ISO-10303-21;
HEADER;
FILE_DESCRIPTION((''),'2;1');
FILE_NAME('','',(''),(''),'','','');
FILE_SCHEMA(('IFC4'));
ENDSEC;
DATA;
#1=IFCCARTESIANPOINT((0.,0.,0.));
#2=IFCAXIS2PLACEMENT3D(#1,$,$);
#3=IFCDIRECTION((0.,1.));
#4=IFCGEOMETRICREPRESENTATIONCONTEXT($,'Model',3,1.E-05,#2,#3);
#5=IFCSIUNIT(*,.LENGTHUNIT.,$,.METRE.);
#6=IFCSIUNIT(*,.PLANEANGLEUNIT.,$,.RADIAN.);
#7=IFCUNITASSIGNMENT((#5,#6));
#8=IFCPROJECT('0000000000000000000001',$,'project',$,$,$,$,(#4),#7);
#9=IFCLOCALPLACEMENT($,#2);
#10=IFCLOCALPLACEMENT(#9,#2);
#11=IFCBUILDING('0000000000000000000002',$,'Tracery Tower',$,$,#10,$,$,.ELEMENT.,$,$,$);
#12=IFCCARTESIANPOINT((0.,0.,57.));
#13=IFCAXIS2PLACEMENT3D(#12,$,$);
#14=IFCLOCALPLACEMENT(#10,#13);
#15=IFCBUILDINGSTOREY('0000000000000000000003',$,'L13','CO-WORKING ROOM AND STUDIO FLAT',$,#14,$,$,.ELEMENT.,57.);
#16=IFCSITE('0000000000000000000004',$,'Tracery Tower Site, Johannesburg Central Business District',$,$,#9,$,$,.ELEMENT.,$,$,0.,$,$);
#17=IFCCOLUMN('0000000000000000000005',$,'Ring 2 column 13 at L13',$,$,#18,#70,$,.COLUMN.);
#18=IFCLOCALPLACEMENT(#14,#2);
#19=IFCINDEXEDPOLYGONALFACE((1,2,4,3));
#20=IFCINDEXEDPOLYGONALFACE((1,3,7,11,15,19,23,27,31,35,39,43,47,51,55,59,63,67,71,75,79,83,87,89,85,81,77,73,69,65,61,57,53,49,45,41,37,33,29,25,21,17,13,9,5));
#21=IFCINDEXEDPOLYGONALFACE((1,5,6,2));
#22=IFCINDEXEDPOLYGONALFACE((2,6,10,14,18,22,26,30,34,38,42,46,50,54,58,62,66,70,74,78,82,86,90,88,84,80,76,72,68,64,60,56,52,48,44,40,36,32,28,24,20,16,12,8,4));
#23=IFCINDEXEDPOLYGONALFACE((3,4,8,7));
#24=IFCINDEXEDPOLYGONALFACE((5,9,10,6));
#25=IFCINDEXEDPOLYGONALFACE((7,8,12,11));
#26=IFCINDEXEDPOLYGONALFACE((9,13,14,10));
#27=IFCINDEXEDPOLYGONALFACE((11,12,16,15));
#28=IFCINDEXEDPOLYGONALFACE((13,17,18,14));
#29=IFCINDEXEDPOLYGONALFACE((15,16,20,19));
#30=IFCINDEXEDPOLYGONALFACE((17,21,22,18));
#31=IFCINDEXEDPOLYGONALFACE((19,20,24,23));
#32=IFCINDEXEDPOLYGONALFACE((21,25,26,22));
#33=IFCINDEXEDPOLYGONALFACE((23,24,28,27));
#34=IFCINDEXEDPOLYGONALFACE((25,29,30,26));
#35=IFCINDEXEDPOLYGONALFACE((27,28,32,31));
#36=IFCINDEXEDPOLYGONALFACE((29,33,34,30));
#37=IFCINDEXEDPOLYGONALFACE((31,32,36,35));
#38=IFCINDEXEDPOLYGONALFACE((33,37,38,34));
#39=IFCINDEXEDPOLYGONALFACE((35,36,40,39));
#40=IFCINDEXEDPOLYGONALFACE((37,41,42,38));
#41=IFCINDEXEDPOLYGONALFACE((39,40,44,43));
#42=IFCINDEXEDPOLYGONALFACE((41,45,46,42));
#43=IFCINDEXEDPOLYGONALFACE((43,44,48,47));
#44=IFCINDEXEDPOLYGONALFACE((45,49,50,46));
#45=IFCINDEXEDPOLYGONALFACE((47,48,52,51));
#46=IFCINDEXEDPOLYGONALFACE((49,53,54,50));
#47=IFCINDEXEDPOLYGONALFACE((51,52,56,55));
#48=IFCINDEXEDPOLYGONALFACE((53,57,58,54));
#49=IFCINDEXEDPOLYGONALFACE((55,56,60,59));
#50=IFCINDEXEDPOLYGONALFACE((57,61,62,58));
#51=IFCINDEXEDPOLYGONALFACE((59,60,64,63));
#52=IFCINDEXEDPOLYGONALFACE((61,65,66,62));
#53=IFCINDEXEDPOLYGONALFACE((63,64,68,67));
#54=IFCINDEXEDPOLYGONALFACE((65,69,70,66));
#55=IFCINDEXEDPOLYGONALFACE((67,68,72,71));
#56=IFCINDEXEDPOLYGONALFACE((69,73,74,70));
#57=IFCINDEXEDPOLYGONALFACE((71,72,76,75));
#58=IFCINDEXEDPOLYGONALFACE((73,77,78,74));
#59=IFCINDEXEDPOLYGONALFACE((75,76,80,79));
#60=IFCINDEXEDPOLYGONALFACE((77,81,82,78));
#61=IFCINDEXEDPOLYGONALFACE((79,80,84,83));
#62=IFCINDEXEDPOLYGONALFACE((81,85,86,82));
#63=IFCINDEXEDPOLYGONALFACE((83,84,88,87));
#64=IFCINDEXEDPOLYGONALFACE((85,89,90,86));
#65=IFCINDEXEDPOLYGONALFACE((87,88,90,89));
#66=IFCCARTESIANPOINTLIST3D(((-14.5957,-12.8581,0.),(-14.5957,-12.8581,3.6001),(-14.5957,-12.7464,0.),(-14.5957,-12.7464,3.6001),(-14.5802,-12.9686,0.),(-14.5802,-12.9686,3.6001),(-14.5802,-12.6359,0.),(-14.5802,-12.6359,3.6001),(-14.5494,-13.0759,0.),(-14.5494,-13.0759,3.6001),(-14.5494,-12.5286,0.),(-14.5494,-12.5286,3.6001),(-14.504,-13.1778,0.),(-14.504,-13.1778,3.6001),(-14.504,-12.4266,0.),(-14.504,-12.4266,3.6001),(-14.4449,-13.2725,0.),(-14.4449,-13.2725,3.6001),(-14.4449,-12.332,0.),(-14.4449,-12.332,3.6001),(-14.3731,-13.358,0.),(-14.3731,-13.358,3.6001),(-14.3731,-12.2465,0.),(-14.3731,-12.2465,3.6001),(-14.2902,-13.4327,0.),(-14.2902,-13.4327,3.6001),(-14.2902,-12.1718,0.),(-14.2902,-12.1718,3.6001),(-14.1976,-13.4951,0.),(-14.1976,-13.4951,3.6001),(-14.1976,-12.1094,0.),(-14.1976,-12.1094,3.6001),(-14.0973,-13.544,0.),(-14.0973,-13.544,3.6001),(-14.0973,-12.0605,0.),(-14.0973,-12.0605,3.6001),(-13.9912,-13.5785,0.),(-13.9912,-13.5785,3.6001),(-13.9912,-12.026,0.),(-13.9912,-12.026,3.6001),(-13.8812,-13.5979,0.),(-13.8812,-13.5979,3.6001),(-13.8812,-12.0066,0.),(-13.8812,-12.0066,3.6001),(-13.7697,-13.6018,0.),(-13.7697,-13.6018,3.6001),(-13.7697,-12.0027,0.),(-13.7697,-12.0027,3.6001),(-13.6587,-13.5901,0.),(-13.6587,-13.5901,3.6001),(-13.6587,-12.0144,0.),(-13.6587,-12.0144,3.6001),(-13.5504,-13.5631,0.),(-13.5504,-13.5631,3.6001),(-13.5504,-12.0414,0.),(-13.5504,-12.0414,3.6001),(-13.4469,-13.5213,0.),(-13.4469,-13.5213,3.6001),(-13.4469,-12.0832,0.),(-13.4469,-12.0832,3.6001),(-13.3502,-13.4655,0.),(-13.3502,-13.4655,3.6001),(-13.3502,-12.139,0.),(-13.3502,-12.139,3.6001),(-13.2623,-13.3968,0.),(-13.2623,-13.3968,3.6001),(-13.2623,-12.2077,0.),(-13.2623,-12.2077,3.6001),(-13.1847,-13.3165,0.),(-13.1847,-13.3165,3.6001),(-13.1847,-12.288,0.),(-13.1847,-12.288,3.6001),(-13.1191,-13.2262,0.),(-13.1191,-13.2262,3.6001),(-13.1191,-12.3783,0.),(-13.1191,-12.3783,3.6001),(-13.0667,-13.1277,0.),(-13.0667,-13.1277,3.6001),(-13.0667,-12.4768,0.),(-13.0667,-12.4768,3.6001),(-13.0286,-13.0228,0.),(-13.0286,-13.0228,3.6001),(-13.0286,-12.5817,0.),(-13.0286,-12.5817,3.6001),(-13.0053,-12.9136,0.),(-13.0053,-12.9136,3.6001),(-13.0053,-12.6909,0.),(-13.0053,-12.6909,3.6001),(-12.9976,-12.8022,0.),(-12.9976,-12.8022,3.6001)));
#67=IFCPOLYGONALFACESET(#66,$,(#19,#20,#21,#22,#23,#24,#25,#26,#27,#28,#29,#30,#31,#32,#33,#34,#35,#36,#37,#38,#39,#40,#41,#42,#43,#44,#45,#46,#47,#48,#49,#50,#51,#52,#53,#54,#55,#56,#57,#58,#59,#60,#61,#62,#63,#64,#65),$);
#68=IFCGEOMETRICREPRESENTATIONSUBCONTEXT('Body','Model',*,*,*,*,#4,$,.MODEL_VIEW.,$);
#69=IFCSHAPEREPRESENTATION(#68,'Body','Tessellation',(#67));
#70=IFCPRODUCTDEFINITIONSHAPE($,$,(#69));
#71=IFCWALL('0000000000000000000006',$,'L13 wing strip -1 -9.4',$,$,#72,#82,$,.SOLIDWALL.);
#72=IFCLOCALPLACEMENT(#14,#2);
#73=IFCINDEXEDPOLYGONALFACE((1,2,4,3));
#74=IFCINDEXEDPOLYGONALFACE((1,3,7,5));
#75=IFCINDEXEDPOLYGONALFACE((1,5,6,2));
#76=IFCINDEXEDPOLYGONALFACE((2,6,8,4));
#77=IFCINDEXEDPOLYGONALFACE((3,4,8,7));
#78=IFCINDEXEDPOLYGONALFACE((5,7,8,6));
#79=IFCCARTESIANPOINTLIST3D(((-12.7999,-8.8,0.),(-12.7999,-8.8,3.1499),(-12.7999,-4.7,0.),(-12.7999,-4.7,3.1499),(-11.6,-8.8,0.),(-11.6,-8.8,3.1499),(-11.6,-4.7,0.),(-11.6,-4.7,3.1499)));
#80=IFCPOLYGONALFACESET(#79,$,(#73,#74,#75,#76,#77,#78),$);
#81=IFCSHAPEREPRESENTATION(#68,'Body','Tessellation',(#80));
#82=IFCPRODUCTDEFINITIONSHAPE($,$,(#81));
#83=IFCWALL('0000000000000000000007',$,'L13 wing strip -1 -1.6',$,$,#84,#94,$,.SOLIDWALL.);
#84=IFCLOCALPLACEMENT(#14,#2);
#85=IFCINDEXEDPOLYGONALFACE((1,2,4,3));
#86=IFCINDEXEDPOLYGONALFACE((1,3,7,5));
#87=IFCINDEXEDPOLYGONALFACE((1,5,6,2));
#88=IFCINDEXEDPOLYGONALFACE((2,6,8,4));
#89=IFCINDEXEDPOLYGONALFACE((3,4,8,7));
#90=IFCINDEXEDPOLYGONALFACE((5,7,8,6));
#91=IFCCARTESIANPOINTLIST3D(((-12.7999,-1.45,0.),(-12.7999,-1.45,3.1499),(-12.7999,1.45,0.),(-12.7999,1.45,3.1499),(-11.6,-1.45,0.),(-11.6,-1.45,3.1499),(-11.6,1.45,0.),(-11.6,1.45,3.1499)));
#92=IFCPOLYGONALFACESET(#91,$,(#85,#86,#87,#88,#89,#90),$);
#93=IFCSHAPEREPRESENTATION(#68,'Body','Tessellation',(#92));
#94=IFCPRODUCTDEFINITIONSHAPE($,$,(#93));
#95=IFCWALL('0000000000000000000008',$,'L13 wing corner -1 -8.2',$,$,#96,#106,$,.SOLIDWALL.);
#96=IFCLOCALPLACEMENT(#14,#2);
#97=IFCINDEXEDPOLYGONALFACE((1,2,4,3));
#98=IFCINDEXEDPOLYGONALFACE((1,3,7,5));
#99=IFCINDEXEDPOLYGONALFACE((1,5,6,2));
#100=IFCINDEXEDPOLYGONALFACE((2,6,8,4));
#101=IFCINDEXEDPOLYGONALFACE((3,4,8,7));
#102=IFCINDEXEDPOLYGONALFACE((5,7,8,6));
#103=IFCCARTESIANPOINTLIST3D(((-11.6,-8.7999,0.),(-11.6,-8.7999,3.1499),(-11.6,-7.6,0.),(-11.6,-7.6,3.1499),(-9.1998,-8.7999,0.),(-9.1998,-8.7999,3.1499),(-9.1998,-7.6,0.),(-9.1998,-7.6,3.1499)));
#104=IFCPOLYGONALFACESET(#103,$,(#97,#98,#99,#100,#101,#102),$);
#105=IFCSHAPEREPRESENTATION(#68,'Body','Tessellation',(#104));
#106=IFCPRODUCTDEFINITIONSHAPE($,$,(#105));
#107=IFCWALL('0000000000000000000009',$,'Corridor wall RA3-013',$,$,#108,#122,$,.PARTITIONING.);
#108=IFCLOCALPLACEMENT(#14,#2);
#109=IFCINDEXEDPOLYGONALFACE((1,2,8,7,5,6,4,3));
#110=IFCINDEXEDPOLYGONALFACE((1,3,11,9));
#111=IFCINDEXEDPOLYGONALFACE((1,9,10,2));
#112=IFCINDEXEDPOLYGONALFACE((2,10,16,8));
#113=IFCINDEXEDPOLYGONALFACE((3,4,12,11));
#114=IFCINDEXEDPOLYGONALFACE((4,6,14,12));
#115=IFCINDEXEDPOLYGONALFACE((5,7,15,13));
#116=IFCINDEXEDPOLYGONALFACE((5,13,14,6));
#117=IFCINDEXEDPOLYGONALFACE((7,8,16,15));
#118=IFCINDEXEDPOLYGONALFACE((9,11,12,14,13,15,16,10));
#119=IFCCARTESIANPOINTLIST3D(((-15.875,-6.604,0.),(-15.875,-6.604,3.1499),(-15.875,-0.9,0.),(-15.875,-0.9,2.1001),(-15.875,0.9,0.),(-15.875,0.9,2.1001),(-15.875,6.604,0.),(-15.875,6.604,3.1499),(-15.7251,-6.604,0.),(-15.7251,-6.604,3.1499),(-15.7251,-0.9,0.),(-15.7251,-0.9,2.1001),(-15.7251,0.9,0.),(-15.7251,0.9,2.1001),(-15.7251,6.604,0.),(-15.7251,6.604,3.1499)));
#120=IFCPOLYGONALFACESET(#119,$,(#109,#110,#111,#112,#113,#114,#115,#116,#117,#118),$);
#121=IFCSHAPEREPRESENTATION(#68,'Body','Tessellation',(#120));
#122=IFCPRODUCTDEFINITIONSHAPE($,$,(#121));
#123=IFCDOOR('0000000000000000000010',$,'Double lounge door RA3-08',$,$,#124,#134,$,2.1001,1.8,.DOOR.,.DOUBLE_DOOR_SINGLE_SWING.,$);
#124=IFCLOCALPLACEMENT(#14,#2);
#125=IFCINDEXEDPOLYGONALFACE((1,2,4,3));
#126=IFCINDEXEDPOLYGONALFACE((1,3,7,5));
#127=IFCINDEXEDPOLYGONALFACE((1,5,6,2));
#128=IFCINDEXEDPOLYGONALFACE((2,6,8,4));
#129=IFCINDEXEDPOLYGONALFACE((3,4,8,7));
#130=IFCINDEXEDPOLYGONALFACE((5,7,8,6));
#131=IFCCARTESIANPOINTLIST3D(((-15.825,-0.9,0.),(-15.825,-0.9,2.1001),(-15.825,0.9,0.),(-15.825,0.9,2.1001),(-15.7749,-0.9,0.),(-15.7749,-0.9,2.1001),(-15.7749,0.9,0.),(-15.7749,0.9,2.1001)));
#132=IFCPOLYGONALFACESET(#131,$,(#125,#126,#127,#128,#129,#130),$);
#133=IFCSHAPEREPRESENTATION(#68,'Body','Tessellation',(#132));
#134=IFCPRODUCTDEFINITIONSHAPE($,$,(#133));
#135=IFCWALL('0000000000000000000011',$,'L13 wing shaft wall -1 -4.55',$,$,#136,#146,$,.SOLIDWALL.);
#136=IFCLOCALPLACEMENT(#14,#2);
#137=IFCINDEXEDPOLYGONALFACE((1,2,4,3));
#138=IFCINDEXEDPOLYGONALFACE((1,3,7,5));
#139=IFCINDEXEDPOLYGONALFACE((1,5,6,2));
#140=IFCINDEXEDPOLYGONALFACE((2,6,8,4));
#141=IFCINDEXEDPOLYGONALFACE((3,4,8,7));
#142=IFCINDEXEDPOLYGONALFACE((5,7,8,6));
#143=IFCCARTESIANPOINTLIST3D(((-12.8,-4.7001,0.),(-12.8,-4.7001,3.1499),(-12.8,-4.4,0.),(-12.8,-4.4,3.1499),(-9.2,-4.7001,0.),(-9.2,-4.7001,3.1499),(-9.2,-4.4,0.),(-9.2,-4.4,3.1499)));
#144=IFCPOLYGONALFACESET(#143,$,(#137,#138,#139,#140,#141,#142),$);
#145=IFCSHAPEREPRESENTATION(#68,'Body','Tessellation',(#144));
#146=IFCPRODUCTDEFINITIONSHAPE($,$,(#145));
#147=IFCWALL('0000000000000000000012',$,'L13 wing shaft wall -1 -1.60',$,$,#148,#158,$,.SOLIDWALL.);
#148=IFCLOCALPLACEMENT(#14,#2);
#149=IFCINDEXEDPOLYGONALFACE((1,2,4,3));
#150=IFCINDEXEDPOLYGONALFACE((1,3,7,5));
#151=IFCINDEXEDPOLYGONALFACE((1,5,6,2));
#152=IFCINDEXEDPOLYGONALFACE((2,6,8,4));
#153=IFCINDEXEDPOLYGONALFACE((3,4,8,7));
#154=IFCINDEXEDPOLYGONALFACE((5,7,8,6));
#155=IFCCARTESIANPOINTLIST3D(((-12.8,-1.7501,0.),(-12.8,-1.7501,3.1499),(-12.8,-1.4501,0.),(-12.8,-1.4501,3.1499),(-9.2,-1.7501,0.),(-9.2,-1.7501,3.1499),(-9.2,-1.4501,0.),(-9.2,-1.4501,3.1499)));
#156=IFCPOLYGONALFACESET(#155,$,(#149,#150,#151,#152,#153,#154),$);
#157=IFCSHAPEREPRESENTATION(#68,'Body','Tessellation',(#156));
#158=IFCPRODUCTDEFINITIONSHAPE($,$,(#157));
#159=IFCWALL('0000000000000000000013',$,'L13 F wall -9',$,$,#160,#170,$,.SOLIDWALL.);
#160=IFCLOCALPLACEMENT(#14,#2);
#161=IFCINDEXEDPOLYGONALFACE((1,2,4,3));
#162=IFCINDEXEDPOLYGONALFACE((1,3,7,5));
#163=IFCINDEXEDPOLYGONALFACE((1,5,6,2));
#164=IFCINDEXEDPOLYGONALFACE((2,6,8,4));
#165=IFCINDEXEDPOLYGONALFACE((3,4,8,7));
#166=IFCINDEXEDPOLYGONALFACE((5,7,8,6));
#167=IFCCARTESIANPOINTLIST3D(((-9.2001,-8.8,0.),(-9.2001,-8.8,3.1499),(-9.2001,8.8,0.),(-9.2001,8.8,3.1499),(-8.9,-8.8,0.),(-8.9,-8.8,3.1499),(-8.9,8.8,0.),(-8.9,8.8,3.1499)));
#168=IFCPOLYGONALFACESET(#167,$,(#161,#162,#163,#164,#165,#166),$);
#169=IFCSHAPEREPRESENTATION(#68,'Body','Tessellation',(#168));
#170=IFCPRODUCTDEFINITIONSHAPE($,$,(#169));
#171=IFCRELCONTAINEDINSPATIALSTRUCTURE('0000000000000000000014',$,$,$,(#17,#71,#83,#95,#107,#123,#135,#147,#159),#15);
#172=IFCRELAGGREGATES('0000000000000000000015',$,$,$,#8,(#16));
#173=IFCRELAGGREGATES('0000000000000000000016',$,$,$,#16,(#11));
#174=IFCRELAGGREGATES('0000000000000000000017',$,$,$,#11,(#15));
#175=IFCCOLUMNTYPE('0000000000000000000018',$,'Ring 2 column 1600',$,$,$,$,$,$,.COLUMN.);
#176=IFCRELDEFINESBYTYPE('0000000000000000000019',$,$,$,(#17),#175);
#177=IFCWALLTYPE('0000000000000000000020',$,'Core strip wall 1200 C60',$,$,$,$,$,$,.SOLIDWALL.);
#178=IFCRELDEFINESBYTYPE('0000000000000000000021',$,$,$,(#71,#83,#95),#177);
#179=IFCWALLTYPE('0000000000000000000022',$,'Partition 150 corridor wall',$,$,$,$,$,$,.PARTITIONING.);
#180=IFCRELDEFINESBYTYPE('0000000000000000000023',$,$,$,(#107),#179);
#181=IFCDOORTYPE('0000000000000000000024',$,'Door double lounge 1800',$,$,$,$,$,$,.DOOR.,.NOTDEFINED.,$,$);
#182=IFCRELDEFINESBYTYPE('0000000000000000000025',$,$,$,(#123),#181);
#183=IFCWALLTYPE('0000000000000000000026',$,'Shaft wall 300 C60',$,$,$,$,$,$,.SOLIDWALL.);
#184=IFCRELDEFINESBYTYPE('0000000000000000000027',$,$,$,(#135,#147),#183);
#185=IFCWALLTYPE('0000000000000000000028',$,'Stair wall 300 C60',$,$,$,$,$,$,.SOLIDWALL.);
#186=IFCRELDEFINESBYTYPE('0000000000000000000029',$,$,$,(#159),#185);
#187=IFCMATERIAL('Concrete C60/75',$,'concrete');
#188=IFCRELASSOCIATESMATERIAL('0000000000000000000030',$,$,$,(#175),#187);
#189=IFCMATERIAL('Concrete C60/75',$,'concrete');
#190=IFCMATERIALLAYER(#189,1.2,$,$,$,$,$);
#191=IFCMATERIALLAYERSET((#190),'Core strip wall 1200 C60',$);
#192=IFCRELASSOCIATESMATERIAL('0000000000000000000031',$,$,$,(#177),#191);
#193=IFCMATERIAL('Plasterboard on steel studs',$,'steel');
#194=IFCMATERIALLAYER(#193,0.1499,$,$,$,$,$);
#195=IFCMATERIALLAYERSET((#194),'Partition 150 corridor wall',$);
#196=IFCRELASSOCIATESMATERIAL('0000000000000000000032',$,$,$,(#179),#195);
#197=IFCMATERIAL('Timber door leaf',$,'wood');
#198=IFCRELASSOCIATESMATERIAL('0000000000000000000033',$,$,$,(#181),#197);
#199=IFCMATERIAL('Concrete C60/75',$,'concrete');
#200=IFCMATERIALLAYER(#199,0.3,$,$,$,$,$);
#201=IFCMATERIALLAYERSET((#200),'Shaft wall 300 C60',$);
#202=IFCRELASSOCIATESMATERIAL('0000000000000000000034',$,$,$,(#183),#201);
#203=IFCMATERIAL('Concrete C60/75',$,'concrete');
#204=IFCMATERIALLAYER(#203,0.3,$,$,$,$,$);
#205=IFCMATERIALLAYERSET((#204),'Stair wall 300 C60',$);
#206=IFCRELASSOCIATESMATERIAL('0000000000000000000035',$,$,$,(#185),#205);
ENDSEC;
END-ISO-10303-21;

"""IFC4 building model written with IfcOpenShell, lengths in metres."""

from ifc_helpers import new_model, si_unit, direction, frame, frame_2d, origin, origin_2d, place, context, subcontext, project, spatial, rectangle, circle, extrude, material, layer, layer_set, material_profile, profile_set, type_object, element, fill, save


model = new_model("IFC4")

# Units and contexts
model_context = context("Model", 3, precision=1e-05, world=origin(), true_north=direction((0.0, 1.0)))
body_context = subcontext(model_context, "Body", "Model", "MODEL_VIEW")
ifc_project = project(units=[si_unit("LENGTHUNIT", "METRE"), si_unit("PLANEANGLEUNIT", "RADIAN")], contexts=[model_context])

# Site, building, storey
site_placement = place(None, origin())
site = spatial("IfcSite", under=ifc_project, at=site_placement, Name="Tracery Tower Site, Johannesburg Central Business District", CompositionType="ELEMENT", RefElevation=0.0)
building_placement = place(site_placement, origin())
building = spatial("IfcBuilding", under=site, at=building_placement, Name="Tracery Tower", CompositionType="ELEMENT")
storey_placement = place(building_placement, frame((0.0, 0.0, 57.0)))
storey = spatial("IfcBuildingStorey", under=building, at=storey_placement, Name="L13", Description="CO-WORKING ROOM AND STUDIO FLAT", CompositionType="ELEMENT", Elevation=57.0)

# Column
ifc_material_1 = material(Name="Concrete C60/75", Category="concrete")
ifc_material_profile = material_profile(ifc_material_1, circle(Radius=0.8, at=origin_2d()), Name="RC D1600")
ifc_profile_set = profile_set([ifc_material_profile], Name="Concrete C60/75")
column_type = type_object("IfcColumnType", Name="Ring 2 column 1600", PredefinedType="COLUMN", material=ifc_profile_set)
column_placement = place(storey_placement, frame((-13.7976, -12.8022, 0.0), z_axis=(0.0, 0.0, 1.0), x_axis=(1.0, 0.0, 0.0)))
element("IfcColumn", 1, at=column_placement, inside=storey, type_object=column_type, Name="Ring 2 column 13 at L13", PredefinedType="COLUMN", context=body_context, shape_type="SweptSolid", body=[
    extrude(circle(Radius=0.8, at=origin_2d()), origin(), (0.0, 0.0, 1.0), 3.6001),
])

# Walls
ifc_material_2 = material(Name="Concrete C60/75", Category="concrete")
ifc_layer_1 = layer(ifc_material_2, 1.2)
ifc_layer_set_1 = layer_set([ifc_layer_1], Name="Core strip wall 1200 C60")
wall_type_1 = type_object("IfcWallType", Name="Core strip wall 1200 C60", PredefinedType="SOLIDWALL", material=ifc_layer_set_1)
wall_1_placement = place(storey_placement, frame((-12.2, -8.8, 0.0), z_axis=(0.0, 0.0, 1.0), x_axis=(0.0, 1.0, 0.0)))
element("IfcWall", 2, at=wall_1_placement, inside=storey, type_object=wall_type_1, Name="L13 wing strip -1 -9.4", PredefinedType="SOLIDWALL", context=body_context, shape_type="SweptSolid", body=[
    extrude(rectangle(XDim=4.1001, YDim=1.2, at=frame_2d((2.05, 0.0))), origin(), (0.0, 0.0, 1.0), 3.1499),
])
wall_2_placement = place(storey_placement, frame((-12.2, -1.45, 0.0), z_axis=(0.0, 0.0, 1.0), x_axis=(0.0, 1.0, 0.0)))
element("IfcWall", 3, at=wall_2_placement, inside=storey, type_object=wall_type_1, Name="L13 wing strip -1 -1.6", PredefinedType="SOLIDWALL", context=body_context, shape_type="SweptSolid", body=[
    extrude(rectangle(XDim=2.8999, YDim=1.2, at=frame_2d((1.45, 0.0))), origin(), (0.0, 0.0, 1.0), 3.1499),
])
wall_3_placement = place(storey_placement, frame((-11.6001, -8.2, 0.0), z_axis=(0.0, 0.0, 1.0), x_axis=(1.0, 0.0, 0.0)))
element("IfcWall", 4, at=wall_3_placement, inside=storey, type_object=wall_type_1, Name="L13 wing corner -1 -8.2", PredefinedType="SOLIDWALL", context=body_context, shape_type="SweptSolid", body=[
    extrude(rectangle(XDim=2.4001, YDim=1.2, at=frame_2d((1.2002, 0.0))), origin(), (0.0, 0.0, 1.0), 3.1499),
])

# Wall, opening, door
ifc_material_3 = material(Name="Plasterboard on steel studs", Category="steel")
ifc_layer_2 = layer(ifc_material_3, 0.1499)
ifc_layer_set_2 = layer_set([ifc_layer_2], Name="Partition 150 corridor wall")
wall_type_2 = type_object("IfcWallType", Name="Partition 150 corridor wall", PredefinedType="PARTITIONING", material=ifc_layer_set_2)
wall_4_placement = place(storey_placement, frame((-15.8, -6.604, 0.0), z_axis=(0.0, 0.0, 1.0), x_axis=(0.0, 1.0, 0.0)))
wall_4 = element("IfcWall", 5, at=wall_4_placement, inside=storey, type_object=wall_type_2, Name="Corridor wall RA3-013", PredefinedType="PARTITIONING", context=body_context, shape_type="SweptSolid", body=[
    extrude(rectangle(XDim=13.208, YDim=0.1499, at=frame_2d((6.604, 0.0))), origin(), (0.0, 0.0, 1.0), 3.1499),
])
opening_1_placement = place(wall_4_placement, frame((5.7041, 0.0, 0.0)))
opening_1 = element("IfcOpeningElement", 6, at=opening_1_placement, cuts=wall_4, PredefinedType="OPENING", context=body_context, shape_type="SweptSolid", body=[
    extrude(rectangle(XDim=1.8, YDim=2.1001, at=frame_2d((0.8999, 1.05))), frame((0.0, 0.075, 0.0), z_axis=(0.0, -1.0, 0.0), x_axis=(1.0, 0.0, 0.0)), (0.0, 0.0, 1.0), 0.1499),
])
ifc_material_4 = material(Name="Timber door leaf", Category="wood")
door_type_1 = type_object("IfcDoorType", Name="Door double lounge 1800", OperationType="NOTDEFINED", PredefinedType="DOOR", material=ifc_material_4)
door_1_placement = place(opening_1_placement, origin())
door_1 = element("IfcDoor", 7, at=door_1_placement, inside=storey, type_object=door_type_1, Name="Double lounge door RA3-08", OperationType="DOUBLE_DOOR_SINGLE_SWING", OverallHeight=2.1001, OverallWidth=1.8, PredefinedType="DOOR", context=body_context, shape_type="SweptSolid", body=[
    extrude(rectangle(XDim=1.8, YDim=2.1001, at=frame_2d((0.8999, 1.05))), frame((0.0, 0.0249, 0.0), z_axis=(0.0, -1.0, 0.0), x_axis=(1.0, 0.0, 0.0)), (0.0, 0.0, 1.0), 0.05),
])
fill(opening_1, door_1)

# Walls
ifc_material_5 = material(Name="Concrete C60/75", Category="concrete")
ifc_layer_3 = layer(ifc_material_5, 0.3)
ifc_layer_set_3 = layer_set([ifc_layer_3], Name="Shaft wall 300 C60")
wall_type_3 = type_object("IfcWallType", Name="Shaft wall 300 C60", PredefinedType="SOLIDWALL", material=ifc_layer_set_3)
for number, where, z_axis, x_axis, name in (
    (8, (-12.8, -4.55, 0.0), (0.0, 0.0, 1.0), (1.0, 0.0, 0.0), "L13 wing shaft wall -1 -4.55"),
    (9, (-12.8, -1.6001, 0.0), (0.0, 0.0, 1.0), (1.0, 0.0, 0.0), "L13 wing shaft wall -1 -1.60"),
):
    element("IfcWall", number, at=place(storey_placement, frame(where, z_axis=z_axis, x_axis=x_axis)), inside=storey, type_object=wall_type_3, Name=name, PredefinedType="SOLIDWALL", context=body_context, shape_type="SweptSolid", body=[
        extrude(rectangle(XDim=3.6001, YDim=0.3, at=frame_2d((1.8, 0.0))), origin(), (0.0, 0.0, 1.0), 3.1499),
    ])
ifc_material_6 = material(Name="Concrete C60/75", Category="concrete")
ifc_layer_4 = layer(ifc_material_6, 0.3)
ifc_layer_set_4 = layer_set([ifc_layer_4], Name="Stair wall 300 C60")
wall_type_4 = type_object("IfcWallType", Name="Stair wall 300 C60", PredefinedType="SOLIDWALL", material=ifc_layer_set_4)
wall_5_placement = place(storey_placement, frame((-9.05, -8.8, 0.0), z_axis=(0.0, 0.0, 1.0), x_axis=(0.0, 1.0, 0.0)))
element("IfcWall", 10, at=wall_5_placement, inside=storey, type_object=wall_type_4, Name="L13 F wall -9", PredefinedType="SOLIDWALL", context=body_context, shape_type="SweptSolid", body=[
    extrude(rectangle(XDim=17.6001, YDim=0.3, at=frame_2d((8.8, 0.0))), origin(), (0.0, 0.0, 1.0), 3.1499),
])

save(model, "model.ifc")
